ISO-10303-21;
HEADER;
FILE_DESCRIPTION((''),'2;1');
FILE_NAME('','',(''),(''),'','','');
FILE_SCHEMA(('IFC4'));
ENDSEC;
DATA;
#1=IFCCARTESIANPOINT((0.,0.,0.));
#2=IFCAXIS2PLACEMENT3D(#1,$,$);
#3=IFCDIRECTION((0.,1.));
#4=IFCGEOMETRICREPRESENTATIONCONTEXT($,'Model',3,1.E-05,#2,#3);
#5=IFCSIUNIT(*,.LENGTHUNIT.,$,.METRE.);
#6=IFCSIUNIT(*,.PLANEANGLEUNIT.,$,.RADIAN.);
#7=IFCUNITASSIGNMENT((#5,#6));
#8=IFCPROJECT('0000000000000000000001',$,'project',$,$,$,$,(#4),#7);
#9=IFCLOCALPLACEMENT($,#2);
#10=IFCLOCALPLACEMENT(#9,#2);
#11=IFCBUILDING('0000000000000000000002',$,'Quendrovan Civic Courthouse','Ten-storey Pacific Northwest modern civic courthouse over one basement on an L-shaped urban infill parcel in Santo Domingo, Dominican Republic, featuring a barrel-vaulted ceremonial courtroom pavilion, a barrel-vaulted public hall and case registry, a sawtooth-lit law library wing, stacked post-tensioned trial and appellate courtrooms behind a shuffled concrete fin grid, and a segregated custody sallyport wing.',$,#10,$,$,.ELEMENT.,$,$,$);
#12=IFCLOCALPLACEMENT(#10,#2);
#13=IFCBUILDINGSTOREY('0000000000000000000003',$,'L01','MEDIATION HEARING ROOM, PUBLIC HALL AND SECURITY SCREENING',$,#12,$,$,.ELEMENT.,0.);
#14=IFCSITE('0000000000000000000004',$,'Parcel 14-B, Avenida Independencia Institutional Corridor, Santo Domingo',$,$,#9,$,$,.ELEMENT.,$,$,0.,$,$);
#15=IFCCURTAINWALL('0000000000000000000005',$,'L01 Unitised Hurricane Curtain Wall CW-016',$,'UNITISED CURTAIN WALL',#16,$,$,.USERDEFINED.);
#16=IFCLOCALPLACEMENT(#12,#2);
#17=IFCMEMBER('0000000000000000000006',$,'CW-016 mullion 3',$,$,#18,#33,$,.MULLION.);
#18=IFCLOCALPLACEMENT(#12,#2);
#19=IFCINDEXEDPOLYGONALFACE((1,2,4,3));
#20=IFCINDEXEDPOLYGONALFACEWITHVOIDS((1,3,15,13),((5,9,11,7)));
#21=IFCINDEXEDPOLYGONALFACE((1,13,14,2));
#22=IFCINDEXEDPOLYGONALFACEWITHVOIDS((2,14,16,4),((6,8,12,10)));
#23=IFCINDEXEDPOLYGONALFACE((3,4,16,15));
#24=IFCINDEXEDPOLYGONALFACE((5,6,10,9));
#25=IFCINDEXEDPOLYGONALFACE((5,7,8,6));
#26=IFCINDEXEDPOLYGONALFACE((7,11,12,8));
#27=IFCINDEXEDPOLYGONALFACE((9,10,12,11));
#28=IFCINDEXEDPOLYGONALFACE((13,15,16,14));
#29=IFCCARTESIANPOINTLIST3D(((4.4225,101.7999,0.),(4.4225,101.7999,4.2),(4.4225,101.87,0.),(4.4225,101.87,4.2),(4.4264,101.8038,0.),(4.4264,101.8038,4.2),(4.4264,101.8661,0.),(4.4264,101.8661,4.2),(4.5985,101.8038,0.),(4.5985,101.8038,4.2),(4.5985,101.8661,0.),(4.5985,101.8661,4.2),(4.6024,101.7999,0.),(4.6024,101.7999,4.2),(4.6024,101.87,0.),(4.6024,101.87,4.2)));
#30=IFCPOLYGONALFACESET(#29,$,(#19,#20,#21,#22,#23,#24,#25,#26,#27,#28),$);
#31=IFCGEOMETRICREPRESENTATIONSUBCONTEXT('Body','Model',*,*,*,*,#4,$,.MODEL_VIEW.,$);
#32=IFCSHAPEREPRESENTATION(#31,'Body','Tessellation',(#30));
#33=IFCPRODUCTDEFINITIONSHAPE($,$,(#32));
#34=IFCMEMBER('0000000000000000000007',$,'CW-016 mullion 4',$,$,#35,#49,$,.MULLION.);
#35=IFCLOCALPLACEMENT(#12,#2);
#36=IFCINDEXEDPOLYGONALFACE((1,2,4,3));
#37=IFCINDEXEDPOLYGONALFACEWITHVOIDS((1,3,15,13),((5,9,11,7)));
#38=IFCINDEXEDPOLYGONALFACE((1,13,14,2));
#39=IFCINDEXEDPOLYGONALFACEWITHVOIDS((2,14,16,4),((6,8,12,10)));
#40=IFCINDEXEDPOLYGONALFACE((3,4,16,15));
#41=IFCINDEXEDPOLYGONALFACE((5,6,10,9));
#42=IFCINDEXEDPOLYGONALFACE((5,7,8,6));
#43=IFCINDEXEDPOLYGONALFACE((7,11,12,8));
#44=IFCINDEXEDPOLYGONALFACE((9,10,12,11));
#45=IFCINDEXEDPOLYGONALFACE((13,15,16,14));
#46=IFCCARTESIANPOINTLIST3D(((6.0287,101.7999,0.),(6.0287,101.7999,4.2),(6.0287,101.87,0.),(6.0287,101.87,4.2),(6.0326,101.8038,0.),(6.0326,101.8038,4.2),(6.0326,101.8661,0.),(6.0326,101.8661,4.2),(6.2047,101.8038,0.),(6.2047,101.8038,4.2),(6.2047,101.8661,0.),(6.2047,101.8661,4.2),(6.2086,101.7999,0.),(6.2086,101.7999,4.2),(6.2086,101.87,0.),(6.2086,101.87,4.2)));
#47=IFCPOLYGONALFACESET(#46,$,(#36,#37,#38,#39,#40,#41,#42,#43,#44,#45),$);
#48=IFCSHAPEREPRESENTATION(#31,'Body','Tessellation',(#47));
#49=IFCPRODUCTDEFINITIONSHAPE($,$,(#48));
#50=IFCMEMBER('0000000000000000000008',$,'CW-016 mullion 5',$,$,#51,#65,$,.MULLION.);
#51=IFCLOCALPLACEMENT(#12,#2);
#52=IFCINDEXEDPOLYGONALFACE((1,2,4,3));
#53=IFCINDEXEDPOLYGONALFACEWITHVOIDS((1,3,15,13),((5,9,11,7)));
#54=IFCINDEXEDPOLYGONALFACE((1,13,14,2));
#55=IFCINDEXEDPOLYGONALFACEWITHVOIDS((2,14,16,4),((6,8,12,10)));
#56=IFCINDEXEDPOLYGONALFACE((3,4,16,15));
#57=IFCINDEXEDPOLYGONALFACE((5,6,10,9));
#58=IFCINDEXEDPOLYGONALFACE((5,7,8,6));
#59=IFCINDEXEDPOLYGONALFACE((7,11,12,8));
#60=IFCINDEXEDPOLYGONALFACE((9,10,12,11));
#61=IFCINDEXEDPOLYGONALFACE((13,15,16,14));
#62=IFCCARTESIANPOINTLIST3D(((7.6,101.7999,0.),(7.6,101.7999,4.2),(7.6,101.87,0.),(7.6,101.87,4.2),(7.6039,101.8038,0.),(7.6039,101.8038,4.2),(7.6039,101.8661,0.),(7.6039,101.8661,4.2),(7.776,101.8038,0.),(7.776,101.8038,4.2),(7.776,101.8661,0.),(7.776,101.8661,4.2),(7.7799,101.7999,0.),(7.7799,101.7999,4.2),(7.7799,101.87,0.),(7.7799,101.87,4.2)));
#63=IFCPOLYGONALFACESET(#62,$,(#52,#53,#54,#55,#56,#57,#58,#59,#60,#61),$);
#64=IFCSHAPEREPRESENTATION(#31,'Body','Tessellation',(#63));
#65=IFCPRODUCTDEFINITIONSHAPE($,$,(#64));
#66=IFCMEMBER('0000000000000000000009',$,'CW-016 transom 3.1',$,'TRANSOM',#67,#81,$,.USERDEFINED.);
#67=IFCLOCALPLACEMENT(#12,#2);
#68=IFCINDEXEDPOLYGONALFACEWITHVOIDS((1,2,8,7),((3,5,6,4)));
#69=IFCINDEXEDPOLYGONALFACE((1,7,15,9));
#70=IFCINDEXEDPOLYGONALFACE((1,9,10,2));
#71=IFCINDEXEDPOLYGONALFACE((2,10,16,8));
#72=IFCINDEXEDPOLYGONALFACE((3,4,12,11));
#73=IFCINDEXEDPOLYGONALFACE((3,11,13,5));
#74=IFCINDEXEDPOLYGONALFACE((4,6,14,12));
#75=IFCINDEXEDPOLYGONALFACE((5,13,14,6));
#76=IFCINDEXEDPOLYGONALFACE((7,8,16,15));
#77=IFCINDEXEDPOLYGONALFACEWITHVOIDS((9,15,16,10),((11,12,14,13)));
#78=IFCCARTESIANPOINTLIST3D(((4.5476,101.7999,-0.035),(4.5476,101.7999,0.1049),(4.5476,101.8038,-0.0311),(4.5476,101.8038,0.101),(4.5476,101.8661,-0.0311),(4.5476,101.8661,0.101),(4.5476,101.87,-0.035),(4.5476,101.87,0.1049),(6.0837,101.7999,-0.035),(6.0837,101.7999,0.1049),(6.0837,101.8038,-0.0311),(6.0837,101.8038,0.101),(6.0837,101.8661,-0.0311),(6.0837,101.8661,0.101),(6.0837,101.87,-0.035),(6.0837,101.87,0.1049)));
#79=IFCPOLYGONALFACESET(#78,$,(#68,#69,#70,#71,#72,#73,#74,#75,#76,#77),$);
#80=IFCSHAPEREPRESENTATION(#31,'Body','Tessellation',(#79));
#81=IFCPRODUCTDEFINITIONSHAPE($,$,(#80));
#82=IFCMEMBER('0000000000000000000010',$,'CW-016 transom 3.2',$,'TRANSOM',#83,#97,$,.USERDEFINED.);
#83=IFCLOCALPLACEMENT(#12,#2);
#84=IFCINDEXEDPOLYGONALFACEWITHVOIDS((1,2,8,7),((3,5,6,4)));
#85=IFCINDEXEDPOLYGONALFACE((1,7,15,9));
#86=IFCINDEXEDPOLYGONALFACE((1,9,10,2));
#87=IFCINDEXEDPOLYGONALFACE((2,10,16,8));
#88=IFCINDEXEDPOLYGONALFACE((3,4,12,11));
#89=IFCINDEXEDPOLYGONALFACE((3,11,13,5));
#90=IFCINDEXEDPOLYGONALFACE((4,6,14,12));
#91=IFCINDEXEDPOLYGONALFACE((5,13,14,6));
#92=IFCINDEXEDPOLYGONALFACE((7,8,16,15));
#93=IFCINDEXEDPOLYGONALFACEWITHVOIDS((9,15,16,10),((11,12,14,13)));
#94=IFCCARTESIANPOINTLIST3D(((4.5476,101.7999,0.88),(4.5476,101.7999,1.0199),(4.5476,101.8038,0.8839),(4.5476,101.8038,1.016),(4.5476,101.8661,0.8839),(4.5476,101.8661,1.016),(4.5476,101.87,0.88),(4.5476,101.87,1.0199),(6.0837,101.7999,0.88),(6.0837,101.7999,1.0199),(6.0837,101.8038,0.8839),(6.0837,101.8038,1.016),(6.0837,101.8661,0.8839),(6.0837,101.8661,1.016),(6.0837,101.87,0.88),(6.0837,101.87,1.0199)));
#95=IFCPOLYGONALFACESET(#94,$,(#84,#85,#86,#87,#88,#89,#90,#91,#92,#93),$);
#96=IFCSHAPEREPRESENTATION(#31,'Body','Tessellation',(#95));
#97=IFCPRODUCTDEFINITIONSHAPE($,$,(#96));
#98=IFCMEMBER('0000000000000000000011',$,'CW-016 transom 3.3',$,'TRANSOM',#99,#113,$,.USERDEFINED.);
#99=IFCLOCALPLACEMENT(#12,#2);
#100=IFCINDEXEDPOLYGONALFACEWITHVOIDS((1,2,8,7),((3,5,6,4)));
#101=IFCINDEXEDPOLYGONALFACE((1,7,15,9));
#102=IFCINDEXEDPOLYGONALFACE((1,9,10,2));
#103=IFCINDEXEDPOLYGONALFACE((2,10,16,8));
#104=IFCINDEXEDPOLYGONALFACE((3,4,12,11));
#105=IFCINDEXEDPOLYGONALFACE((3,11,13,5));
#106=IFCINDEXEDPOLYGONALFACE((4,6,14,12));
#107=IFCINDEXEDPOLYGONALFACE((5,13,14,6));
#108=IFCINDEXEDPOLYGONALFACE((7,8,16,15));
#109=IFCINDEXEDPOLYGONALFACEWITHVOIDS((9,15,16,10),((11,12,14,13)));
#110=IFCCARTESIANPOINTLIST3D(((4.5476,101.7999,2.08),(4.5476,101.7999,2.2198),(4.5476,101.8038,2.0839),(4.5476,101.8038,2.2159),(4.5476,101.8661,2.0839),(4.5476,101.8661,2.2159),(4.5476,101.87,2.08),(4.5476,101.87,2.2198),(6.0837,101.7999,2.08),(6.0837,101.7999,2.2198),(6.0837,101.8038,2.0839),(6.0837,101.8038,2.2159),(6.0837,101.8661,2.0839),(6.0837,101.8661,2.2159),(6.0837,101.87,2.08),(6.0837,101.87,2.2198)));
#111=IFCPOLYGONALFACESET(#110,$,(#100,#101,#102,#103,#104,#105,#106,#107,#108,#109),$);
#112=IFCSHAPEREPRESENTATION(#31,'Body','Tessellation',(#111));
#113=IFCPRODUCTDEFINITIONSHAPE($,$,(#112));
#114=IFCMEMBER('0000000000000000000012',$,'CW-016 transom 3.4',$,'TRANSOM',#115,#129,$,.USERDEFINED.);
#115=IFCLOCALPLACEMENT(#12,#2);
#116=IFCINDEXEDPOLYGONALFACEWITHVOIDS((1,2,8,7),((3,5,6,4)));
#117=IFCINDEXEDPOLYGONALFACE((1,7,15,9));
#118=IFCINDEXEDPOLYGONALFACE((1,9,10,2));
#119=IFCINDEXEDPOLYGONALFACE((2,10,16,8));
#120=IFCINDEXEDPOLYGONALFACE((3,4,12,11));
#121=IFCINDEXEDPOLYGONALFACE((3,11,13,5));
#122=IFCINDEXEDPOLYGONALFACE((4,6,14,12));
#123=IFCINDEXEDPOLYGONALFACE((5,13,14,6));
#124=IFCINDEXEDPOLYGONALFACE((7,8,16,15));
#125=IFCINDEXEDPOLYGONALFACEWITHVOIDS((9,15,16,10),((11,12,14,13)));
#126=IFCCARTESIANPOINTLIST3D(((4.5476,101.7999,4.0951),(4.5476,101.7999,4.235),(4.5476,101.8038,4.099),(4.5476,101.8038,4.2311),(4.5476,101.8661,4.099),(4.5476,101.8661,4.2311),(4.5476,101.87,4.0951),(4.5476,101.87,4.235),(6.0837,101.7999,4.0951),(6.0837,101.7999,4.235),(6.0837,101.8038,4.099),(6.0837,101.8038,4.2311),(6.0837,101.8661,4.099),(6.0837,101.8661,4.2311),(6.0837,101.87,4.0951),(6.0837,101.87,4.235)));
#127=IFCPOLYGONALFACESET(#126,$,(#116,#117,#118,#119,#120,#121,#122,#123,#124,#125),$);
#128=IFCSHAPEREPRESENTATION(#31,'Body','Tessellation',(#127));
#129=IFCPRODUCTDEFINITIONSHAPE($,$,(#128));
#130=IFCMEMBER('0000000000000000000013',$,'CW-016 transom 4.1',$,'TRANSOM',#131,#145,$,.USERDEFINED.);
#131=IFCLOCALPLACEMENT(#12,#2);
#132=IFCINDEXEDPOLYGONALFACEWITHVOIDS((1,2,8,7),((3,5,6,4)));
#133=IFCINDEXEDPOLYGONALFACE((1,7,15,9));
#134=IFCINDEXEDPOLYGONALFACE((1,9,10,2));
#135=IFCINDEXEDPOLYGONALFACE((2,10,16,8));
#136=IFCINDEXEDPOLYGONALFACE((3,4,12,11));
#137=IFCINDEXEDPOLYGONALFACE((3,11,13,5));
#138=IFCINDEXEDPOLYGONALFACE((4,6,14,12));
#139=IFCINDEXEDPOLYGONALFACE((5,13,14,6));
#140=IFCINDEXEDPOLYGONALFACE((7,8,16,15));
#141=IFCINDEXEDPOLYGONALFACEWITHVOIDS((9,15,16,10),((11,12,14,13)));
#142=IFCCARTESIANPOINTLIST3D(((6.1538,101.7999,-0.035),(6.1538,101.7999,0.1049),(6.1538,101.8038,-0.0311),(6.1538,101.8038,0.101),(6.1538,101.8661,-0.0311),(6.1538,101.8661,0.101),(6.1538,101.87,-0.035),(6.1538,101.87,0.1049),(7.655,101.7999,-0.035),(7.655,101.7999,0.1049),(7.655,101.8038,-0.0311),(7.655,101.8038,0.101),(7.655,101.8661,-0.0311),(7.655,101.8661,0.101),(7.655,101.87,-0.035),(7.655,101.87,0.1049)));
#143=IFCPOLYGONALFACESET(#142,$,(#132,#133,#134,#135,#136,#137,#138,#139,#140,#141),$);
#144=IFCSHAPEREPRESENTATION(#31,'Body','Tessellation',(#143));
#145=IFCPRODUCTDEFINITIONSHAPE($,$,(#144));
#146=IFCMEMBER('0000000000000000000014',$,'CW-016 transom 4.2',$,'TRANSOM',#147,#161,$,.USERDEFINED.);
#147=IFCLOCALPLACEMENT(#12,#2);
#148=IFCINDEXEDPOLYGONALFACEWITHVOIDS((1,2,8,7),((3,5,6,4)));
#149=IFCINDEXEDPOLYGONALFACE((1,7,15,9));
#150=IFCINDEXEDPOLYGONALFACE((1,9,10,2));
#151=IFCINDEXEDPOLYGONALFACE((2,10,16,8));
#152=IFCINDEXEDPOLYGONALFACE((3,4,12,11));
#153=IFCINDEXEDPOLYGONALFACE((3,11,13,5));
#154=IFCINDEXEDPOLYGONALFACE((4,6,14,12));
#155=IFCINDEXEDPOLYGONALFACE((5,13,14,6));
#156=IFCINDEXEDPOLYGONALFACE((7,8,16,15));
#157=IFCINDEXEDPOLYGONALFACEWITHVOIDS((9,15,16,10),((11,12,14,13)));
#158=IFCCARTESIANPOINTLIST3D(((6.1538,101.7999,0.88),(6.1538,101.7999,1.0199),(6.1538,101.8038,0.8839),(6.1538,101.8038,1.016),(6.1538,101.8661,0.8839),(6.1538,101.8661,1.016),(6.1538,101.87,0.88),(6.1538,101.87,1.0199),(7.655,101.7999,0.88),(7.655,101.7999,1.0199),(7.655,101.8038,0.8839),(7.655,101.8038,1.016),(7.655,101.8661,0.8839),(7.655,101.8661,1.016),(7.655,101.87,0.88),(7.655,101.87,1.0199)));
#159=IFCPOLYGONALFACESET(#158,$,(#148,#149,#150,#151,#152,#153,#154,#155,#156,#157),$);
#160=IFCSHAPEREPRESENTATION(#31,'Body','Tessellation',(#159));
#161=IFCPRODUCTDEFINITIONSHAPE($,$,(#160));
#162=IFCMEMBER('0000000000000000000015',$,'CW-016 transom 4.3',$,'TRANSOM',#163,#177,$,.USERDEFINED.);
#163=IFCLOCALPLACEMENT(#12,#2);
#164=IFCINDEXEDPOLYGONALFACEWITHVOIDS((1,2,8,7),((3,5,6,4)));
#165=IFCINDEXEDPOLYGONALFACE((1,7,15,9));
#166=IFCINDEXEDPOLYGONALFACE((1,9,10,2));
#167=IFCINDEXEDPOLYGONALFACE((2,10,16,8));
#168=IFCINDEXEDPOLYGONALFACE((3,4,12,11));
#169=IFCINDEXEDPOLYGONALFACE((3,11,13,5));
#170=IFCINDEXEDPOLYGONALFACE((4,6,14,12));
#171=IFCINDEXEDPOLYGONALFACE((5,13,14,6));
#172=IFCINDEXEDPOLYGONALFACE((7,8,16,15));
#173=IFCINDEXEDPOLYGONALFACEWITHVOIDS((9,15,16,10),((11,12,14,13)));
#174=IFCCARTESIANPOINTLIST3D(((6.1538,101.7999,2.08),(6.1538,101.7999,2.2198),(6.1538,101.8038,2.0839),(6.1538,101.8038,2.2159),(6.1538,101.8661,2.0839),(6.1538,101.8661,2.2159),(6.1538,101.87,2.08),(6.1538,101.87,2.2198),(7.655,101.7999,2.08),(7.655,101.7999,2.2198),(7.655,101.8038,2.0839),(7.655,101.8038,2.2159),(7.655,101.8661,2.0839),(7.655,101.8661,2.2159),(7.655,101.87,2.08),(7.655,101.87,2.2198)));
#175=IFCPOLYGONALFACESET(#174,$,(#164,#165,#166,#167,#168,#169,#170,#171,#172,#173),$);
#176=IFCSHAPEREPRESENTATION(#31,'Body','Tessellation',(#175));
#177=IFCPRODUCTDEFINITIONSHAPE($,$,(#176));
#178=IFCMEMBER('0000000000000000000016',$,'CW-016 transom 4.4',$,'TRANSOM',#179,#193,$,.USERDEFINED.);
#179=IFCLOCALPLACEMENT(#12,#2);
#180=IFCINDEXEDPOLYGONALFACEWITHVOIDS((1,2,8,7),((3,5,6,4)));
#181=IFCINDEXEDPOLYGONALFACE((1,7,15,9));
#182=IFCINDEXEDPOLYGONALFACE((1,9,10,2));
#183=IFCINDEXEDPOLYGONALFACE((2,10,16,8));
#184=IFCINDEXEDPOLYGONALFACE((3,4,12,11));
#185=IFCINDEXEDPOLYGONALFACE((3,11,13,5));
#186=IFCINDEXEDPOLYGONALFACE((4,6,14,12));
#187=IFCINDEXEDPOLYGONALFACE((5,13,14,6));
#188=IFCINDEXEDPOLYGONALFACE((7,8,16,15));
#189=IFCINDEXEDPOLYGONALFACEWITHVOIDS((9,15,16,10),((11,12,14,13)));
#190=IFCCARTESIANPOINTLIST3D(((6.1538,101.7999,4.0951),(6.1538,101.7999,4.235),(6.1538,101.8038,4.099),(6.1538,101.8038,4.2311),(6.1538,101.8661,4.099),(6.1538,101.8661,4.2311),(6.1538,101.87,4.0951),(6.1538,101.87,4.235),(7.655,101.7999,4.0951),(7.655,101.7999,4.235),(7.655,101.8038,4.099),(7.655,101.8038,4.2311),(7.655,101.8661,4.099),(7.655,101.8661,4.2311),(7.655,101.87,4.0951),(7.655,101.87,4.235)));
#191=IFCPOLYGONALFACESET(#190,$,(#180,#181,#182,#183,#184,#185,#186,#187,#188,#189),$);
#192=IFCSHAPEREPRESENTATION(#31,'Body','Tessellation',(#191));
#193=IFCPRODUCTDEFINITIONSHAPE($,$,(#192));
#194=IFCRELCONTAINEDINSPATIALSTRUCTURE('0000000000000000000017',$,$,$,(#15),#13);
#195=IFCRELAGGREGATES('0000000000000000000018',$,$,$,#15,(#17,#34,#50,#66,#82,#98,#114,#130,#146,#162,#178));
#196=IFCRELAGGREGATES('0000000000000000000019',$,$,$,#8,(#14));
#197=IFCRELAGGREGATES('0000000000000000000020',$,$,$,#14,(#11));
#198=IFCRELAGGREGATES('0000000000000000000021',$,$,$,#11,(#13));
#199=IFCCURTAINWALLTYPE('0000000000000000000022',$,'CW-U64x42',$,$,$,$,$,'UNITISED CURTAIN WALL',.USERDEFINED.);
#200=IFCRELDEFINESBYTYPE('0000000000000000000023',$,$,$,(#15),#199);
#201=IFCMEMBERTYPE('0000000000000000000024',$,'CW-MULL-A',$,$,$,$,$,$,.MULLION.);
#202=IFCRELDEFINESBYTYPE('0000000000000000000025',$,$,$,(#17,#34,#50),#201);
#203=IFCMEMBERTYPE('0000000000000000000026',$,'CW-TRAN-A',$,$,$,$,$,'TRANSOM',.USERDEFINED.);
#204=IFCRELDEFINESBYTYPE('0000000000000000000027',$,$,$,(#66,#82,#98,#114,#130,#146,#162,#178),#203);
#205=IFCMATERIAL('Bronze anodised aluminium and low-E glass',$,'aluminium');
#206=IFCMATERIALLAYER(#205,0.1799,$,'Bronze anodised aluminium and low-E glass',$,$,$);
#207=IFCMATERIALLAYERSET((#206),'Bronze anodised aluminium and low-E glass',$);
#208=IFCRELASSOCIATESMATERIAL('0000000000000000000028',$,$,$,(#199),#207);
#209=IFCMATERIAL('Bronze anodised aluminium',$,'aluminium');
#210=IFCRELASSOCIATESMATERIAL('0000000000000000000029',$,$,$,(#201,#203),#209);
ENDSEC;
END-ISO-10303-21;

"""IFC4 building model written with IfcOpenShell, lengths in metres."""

from ifc_helpers import new_model, si_unit, direction, frame, origin, origin_2d, place, context, subcontext, project, spatial, hollow_rectangle, extrude, material, layer, layer_set, material_profile, profile_set, type_object, element, aggregate, save


model = new_model("IFC4")

# Units and contexts
model_context = context("Model", 3, precision=1e-05, world=origin(), true_north=direction((0.0, 1.0)))
body_context = subcontext(model_context, "Body", "Model", "MODEL_VIEW")
ifc_project = project(units=[si_unit("LENGTHUNIT", "METRE"), si_unit("PLANEANGLEUNIT", "RADIAN")], contexts=[model_context])

# Site, building, storey
site_placement = place(None, origin())
site = spatial("IfcSite", under=ifc_project, at=site_placement, Name="Parcel 14-B, Avenida Independencia Institutional Corridor, Santo Domingo", CompositionType="ELEMENT", RefElevation=0.0)
building_placement = place(site_placement, origin())
building = spatial("IfcBuilding", under=site, at=building_placement, Name="Quendrovan Civic Courthouse", Description="Ten-storey Pacific Northwest modern civic courthouse over one basement on an L-shaped urban infill parcel in Santo Domingo, Dominican Republic, featuring a barrel-vaulted ceremonial courtroom pavilion, a barrel-vaulted public hall and case registry, a sawtooth-lit law library wing, stacked post-tensioned trial and appellate courtrooms behind a shuffled concrete fin grid, and a segregated custody sallyport wing.", CompositionType="ELEMENT")
storey_placement = place(building_placement, origin())
storey = spatial("IfcBuildingStorey", under=building, at=storey_placement, Name="L01", Description="MEDIATION HEARING ROOM, PUBLIC HALL AND SECURITY SCREENING", CompositionType="ELEMENT", Elevation=0.0)

# Curtain wall, members
ifc_material_1 = material(Name="Bronze anodised aluminium and low-E glass", Category="aluminium")
ifc_layer_1 = layer(ifc_material_1, 0.1799, Name="Bronze anodised aluminium and low-E glass")
ifc_layer_set_1 = layer_set([ifc_layer_1], Name="Bronze anodised aluminium and low-E glass")
curtain_wall_type = type_object("IfcCurtainWallType", Name="CW-U64x42", ElementType="UNITISED CURTAIN WALL", PredefinedType="USERDEFINED", material=ifc_layer_set_1)
curtain_wall_placement = place(storey_placement, origin())
curtain_wall = element("IfcCurtainWall", 1, at=curtain_wall_placement, inside=storey, type_object=curtain_wall_type, Name="L01 Unitised Hurricane Curtain Wall CW-016", ObjectType="UNITISED CURTAIN WALL", PredefinedType="USERDEFINED")
ifc_material_2 = material(Name="Bronze anodised aluminium", Category="aluminium")
ifc_material_profile_1 = material_profile(ifc_material_2, hollow_rectangle(XDim=0.0701, YDim=0.1799, WallThickness=0.0039, at=origin_2d()), Name="CW-MULL-70x180")
ifc_profile_set_1 = profile_set([ifc_material_profile_1], Name="Bronze anodised aluminium")
member_type_1 = type_object("IfcMemberType", Name="CW-MULL-A", PredefinedType="MULLION", material=ifc_profile_set_1)
member_1_placement = place(storey_placement, frame((4.5125, 101.835, 0.0), z_axis=(0.0, 0.0, 1.0), x_axis=(0.0, 1.0, 0.0)))
member_1 = element("IfcMember", 2, at=member_1_placement, type_object=member_type_1, Name="CW-016 mullion 3", PredefinedType="MULLION", context=body_context, shape_type="SweptSolid", body=[
    extrude(hollow_rectangle(XDim=0.0701, YDim=0.1799, WallThickness=0.0039, at=origin_2d()), origin(), (0.0, 0.0, 1.0), 4.2),
])
member_2_placement = place(storey_placement, frame((6.1187, 101.835, 0.0), z_axis=(0.0, 0.0, 1.0), x_axis=(0.0, 1.0, 0.0)))
member_2 = element("IfcMember", 3, at=member_2_placement, type_object=member_type_1, Name="CW-016 mullion 4", PredefinedType="MULLION", context=body_context, shape_type="SweptSolid", body=[
    extrude(hollow_rectangle(XDim=0.0701, YDim=0.1799, WallThickness=0.0039, at=origin_2d()), origin(), (0.0, 0.0, 1.0), 4.2),
])
member_3_placement = place(storey_placement, frame((7.6899, 101.835, 0.0), z_axis=(0.0, 0.0, 1.0), x_axis=(0.0, 1.0, 0.0)))
member_3 = element("IfcMember", 4, at=member_3_placement, type_object=member_type_1, Name="CW-016 mullion 5", PredefinedType="MULLION", context=body_context, shape_type="SweptSolid", body=[
    extrude(hollow_rectangle(XDim=0.0701, YDim=0.1799, WallThickness=0.0039, at=origin_2d()), origin(), (0.0, 0.0, 1.0), 4.2),
])
ifc_material_profile_2 = material_profile(ifc_material_2, hollow_rectangle(XDim=0.0701, YDim=0.1399, WallThickness=0.0039, at=origin_2d()), Name="CW-TRAN-70x140")
ifc_profile_set_2 = profile_set([ifc_material_profile_2], Name="Bronze anodised aluminium")
member_type_2 = type_object("IfcMemberType", Name="CW-TRAN-A", ElementType="TRANSOM", PredefinedType="USERDEFINED", material=ifc_profile_set_2)
member_4_placement = place(storey_placement, frame((4.5476, 101.835, 0.0349), z_axis=(1.0, 0.0, 0.0), x_axis=(0.0, 1.0, 0.0)))
member_4 = element("IfcMember", 5, at=member_4_placement, type_object=member_type_2, Name="CW-016 transom 3.1", ObjectType="TRANSOM", PredefinedType="USERDEFINED", context=body_context, shape_type="SweptSolid", body=[
    extrude(hollow_rectangle(XDim=0.0701, YDim=0.1399, WallThickness=0.0039, at=origin_2d()), origin(), (0.0, 0.0, 1.0), 1.5361),
])
member_5_placement = place(storey_placement, frame((4.5476, 101.835, 0.95), z_axis=(1.0, 0.0, 0.0), x_axis=(0.0, 1.0, 0.0)))
member_5 = element("IfcMember", 6, at=member_5_placement, type_object=member_type_2, Name="CW-016 transom 3.2", ObjectType="TRANSOM", PredefinedType="USERDEFINED", context=body_context, shape_type="SweptSolid", body=[
    extrude(hollow_rectangle(XDim=0.0701, YDim=0.1399, WallThickness=0.0039, at=origin_2d()), origin(), (0.0, 0.0, 1.0), 1.5361),
])
member_6_placement = place(storey_placement, frame((4.5476, 101.835, 2.1499), z_axis=(1.0, 0.0, 0.0), x_axis=(0.0, 1.0, 0.0)))
member_6 = element("IfcMember", 7, at=member_6_placement, type_object=member_type_2, Name="CW-016 transom 3.3", ObjectType="TRANSOM", PredefinedType="USERDEFINED", context=body_context, shape_type="SweptSolid", body=[
    extrude(hollow_rectangle(XDim=0.0701, YDim=0.1399, WallThickness=0.0039, at=origin_2d()), origin(), (0.0, 0.0, 1.0), 1.5361),
])
member_7_placement = place(storey_placement, frame((4.5476, 101.835, 4.165), z_axis=(1.0, 0.0, 0.0), x_axis=(0.0, 1.0, 0.0)))
member_7 = element("IfcMember", 8, at=member_7_placement, type_object=member_type_2, Name="CW-016 transom 3.4", ObjectType="TRANSOM", PredefinedType="USERDEFINED", context=body_context, shape_type="SweptSolid", body=[
    extrude(hollow_rectangle(XDim=0.0701, YDim=0.1399, WallThickness=0.0039, at=origin_2d()), origin(), (0.0, 0.0, 1.0), 1.5361),
])
member_8_placement = place(storey_placement, frame((6.1538, 101.835, 0.0349), z_axis=(1.0, 0.0, 0.0), x_axis=(0.0, 1.0, 0.0)))
member_8 = element("IfcMember", 9, at=member_8_placement, type_object=member_type_2, Name="CW-016 transom 4.1", ObjectType="TRANSOM", PredefinedType="USERDEFINED", context=body_context, shape_type="SweptSolid", body=[
    extrude(hollow_rectangle(XDim=0.0701, YDim=0.1399, WallThickness=0.0039, at=origin_2d()), origin(), (0.0, 0.0, 1.0), 1.5012),
])
member_9_placement = place(storey_placement, frame((6.1538, 101.835, 0.95), z_axis=(1.0, 0.0, 0.0), x_axis=(0.0, 1.0, 0.0)))
member_9 = element("IfcMember", 10, at=member_9_placement, type_object=member_type_2, Name="CW-016 transom 4.2", ObjectType="TRANSOM", PredefinedType="USERDEFINED", context=body_context, shape_type="SweptSolid", body=[
    extrude(hollow_rectangle(XDim=0.0701, YDim=0.1399, WallThickness=0.0039, at=origin_2d()), origin(), (0.0, 0.0, 1.0), 1.5012),
])
member_10_placement = place(storey_placement, frame((6.1538, 101.835, 2.1499), z_axis=(1.0, 0.0, 0.0), x_axis=(0.0, 1.0, 0.0)))
member_10 = element("IfcMember", 11, at=member_10_placement, type_object=member_type_2, Name="CW-016 transom 4.3", ObjectType="TRANSOM", PredefinedType="USERDEFINED", context=body_context, shape_type="SweptSolid", body=[
    extrude(hollow_rectangle(XDim=0.0701, YDim=0.1399, WallThickness=0.0039, at=origin_2d()), origin(), (0.0, 0.0, 1.0), 1.5012),
])
member_11_placement = place(storey_placement, frame((6.1538, 101.835, 4.165), z_axis=(1.0, 0.0, 0.0), x_axis=(0.0, 1.0, 0.0)))
member_11 = element("IfcMember", 12, at=member_11_placement, type_object=member_type_2, Name="CW-016 transom 4.4", ObjectType="TRANSOM", PredefinedType="USERDEFINED", context=body_context, shape_type="SweptSolid", body=[
    extrude(hollow_rectangle(XDim=0.0701, YDim=0.1399, WallThickness=0.0039, at=origin_2d()), origin(), (0.0, 0.0, 1.0), 1.5012),
])
aggregate(curtain_wall, [member_1, member_2, member_3, member_4, member_5, member_6, member_7, member_8, member_9, member_10, member_11])

save(model, "model.ifc")
